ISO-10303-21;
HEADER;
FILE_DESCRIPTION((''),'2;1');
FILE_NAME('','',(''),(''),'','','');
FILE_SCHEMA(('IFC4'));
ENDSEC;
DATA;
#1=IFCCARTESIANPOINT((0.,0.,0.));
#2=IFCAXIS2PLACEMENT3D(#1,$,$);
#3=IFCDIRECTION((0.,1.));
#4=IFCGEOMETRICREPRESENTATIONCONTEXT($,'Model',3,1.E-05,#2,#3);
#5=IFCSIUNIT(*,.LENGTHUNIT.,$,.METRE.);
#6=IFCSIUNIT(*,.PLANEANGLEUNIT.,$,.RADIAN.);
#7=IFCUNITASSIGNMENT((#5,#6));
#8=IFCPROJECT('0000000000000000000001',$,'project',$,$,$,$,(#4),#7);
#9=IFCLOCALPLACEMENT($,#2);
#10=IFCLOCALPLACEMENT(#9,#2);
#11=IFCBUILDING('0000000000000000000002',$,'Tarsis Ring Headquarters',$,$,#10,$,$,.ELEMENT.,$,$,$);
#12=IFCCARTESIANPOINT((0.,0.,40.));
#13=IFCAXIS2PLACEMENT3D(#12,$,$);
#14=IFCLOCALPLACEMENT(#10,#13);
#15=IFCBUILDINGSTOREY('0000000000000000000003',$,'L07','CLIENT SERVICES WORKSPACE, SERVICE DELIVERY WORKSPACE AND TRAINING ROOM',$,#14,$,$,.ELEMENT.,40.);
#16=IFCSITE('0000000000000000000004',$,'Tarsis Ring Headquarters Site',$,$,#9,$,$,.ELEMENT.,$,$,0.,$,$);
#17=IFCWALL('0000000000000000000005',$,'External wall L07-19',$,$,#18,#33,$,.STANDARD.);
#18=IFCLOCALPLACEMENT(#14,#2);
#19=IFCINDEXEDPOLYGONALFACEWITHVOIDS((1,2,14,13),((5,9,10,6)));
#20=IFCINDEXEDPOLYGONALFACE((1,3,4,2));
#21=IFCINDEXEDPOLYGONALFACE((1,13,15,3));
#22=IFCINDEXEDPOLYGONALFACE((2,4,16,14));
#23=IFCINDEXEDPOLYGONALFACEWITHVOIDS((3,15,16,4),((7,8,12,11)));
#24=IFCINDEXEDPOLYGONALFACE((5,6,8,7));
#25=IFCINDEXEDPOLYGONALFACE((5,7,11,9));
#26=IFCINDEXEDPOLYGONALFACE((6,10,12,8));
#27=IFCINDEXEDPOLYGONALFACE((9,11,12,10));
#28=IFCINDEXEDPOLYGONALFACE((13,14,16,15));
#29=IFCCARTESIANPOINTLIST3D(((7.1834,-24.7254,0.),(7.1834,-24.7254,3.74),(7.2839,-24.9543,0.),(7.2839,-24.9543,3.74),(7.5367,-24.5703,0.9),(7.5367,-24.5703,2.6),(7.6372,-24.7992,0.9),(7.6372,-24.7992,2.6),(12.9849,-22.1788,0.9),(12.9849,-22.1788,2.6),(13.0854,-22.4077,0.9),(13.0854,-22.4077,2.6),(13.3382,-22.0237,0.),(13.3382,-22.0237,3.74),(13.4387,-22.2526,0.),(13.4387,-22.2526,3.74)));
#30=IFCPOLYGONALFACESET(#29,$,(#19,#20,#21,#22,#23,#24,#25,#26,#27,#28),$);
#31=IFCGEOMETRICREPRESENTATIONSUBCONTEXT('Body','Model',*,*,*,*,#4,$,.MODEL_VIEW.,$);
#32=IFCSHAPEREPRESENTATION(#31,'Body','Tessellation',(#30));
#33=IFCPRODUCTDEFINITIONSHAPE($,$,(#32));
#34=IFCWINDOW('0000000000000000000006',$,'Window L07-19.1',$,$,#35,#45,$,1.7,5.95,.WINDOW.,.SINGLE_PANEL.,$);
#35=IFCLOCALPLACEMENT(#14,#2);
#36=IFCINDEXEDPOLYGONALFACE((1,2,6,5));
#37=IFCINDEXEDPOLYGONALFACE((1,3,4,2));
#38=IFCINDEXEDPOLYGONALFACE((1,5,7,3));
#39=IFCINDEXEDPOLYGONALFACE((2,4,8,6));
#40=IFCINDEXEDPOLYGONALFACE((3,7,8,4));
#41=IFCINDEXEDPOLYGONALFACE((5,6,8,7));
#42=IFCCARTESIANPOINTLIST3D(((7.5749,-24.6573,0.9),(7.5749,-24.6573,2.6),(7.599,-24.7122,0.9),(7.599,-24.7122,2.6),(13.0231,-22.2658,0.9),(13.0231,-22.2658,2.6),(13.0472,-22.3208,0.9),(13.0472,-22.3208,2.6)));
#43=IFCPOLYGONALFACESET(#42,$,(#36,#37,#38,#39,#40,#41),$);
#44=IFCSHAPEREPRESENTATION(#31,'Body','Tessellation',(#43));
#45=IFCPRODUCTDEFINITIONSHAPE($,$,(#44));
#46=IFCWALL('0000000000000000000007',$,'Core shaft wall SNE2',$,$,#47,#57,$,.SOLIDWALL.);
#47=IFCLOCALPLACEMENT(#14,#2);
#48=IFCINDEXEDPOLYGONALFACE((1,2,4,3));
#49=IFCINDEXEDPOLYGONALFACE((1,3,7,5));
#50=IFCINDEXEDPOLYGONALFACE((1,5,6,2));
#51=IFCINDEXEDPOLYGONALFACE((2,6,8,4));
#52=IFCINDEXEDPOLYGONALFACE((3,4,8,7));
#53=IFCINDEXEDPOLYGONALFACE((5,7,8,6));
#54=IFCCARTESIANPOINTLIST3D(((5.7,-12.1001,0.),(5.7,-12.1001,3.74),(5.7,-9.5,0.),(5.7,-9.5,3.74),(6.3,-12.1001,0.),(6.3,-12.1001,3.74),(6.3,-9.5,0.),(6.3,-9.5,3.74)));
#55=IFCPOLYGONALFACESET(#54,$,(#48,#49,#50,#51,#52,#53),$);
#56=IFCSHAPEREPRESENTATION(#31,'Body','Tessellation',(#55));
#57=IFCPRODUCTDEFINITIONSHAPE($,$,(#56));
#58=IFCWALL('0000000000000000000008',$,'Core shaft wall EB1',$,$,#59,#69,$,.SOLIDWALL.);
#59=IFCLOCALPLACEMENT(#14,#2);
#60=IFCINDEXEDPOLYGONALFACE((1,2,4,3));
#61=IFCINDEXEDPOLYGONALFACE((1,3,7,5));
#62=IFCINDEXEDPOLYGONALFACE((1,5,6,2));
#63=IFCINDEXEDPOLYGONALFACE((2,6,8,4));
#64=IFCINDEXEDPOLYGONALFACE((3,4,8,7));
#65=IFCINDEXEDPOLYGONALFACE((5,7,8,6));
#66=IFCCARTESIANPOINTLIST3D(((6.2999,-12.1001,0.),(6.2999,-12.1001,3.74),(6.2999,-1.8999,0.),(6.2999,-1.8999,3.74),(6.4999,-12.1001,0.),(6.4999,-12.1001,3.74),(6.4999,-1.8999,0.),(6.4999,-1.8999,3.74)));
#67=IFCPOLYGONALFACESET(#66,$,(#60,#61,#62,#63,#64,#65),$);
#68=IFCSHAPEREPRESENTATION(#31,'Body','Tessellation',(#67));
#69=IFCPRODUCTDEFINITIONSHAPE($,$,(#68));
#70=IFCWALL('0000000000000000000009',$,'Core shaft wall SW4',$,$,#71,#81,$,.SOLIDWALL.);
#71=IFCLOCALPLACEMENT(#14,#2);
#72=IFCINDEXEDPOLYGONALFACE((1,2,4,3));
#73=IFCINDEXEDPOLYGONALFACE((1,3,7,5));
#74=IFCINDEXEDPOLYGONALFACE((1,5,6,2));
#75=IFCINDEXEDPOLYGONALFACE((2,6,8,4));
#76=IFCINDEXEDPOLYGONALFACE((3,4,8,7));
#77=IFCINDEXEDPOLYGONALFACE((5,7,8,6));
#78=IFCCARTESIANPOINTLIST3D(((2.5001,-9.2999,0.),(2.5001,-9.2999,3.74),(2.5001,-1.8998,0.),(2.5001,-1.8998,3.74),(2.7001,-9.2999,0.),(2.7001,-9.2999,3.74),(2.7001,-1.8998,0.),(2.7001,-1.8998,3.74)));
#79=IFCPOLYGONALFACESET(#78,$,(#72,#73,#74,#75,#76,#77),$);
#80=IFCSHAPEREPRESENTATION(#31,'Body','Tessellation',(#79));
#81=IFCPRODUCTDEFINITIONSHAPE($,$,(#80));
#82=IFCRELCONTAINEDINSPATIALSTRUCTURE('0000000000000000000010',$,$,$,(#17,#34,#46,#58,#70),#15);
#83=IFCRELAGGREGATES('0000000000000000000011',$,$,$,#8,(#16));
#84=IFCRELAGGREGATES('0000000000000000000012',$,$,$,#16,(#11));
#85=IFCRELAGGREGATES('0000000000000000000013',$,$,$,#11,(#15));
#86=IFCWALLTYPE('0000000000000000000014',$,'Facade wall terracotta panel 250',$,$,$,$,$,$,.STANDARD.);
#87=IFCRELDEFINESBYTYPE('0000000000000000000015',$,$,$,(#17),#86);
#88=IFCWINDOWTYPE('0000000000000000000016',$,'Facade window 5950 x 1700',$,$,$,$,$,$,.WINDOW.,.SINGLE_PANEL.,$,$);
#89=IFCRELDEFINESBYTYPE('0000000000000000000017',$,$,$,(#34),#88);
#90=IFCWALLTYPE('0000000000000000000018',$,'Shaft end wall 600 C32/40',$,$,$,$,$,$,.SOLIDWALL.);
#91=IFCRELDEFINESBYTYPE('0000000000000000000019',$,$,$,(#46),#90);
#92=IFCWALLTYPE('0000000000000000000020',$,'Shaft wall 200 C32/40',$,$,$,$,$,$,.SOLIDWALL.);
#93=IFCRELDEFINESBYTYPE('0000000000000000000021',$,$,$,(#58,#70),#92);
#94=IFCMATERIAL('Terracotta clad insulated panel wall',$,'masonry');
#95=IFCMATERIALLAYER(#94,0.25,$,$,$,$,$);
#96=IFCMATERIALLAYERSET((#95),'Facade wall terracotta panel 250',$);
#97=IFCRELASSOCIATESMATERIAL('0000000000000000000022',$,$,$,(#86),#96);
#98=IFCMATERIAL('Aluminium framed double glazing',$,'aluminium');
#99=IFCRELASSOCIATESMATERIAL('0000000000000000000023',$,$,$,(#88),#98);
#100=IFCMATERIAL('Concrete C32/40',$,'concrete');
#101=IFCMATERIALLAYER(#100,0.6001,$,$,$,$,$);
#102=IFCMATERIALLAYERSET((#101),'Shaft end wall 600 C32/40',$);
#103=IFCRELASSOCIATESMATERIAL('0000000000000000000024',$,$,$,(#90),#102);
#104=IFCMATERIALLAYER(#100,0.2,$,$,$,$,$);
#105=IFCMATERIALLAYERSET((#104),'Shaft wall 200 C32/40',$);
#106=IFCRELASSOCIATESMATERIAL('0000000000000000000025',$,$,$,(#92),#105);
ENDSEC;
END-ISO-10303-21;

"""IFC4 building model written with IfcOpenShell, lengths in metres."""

from ifc_helpers import new_model, si_unit, direction, frame, frame_2d, origin, place, context, subcontext, project, spatial, rectangle, extrude, material, layer, layer_set, type_object, element, fill, save


model = new_model("IFC4")

# Units and contexts
model_context = context("Model", 3, precision=1e-05, world=origin(), true_north=direction((0.0, 1.0)))
body_context = subcontext(model_context, "Body", "Model", "MODEL_VIEW")
ifc_project = project(units=[si_unit("LENGTHUNIT", "METRE"), si_unit("PLANEANGLEUNIT", "RADIAN")], contexts=[model_context])

# Site, building, storey
site_placement = place(None, origin())
site = spatial("IfcSite", under=ifc_project, at=site_placement, Name="Tarsis Ring Headquarters Site", CompositionType="ELEMENT", RefElevation=0.0)
building_placement = place(site_placement, origin())
building = spatial("IfcBuilding", under=site, at=building_placement, Name="Tarsis Ring Headquarters", CompositionType="ELEMENT")
storey_placement = place(building_placement, frame((0.0, 0.0, 40.0)))
storey = spatial("IfcBuildingStorey", under=building, at=storey_placement, Name="L07", Description="CLIENT SERVICES WORKSPACE, SERVICE DELIVERY WORKSPACE AND TRAINING ROOM", CompositionType="ELEMENT", Elevation=40.0)

# Wall, opening, window
ifc_material_1 = material(Name="Terracotta clad insulated panel wall", Category="masonry")
ifc_layer_1 = layer(ifc_material_1, 0.25)
ifc_layer_set_1 = layer_set([ifc_layer_1], Name="Facade wall terracotta panel 250")
wall_type_1 = type_object("IfcWallType", Name="Facade wall terracotta panel 250", PredefinedType="STANDARD", material=ifc_layer_set_1)
wall_1_placement = place(storey_placement, frame((7.2336, -24.8398, 0.0), z_axis=(0.0, 0.0, 1.0), x_axis=(0.915668, 0.401935, 0.0)))
wall_1 = element("IfcWall", 1, at=wall_1_placement, inside=storey, type_object=wall_type_1, Name="External wall L07-19", PredefinedType="STANDARD", context=body_context, shape_type="SweptSolid", body=[
    extrude(rectangle(XDim=6.7217, YDim=0.25, at=frame_2d((3.3608, 0.0))), origin(), (0.0, 0.0, 1.0), 3.74),
])
opening_1_placement = place(wall_1_placement, frame((0.3857, 0.0, 0.8999)))
opening_1 = element("IfcOpeningElement", 2, at=opening_1_placement, cuts=wall_1, PredefinedType="OPENING", context=body_context, shape_type="SweptSolid", body=[
    extrude(rectangle(XDim=5.95, YDim=1.7, at=frame_2d((2.9751, 0.8501))), frame((0.0, 0.135, 0.0), z_axis=(0.0, -1.0, 0.0), x_axis=(1.0, 0.0, 0.0)), (0.0, 0.0, 1.0), 0.27),
])
ifc_material_2 = material(Name="Aluminium framed double glazing", Category="aluminium")
window_type = type_object("IfcWindowType", Name="Facade window 5950 x 1700", PartitioningType="SINGLE_PANEL", PredefinedType="WINDOW", material=ifc_material_2)
window_placement = place(opening_1_placement, origin())
window = element("IfcWindow", 3, at=window_placement, inside=storey, type_object=window_type, Name="Window L07-19.1", OverallHeight=1.7, OverallWidth=5.95, PartitioningType="SINGLE_PANEL", PredefinedType="WINDOW", context=body_context, shape_type="SweptSolid", body=[
    extrude(rectangle(XDim=5.95, YDim=1.7, at=frame_2d((2.9751, 0.8501))), frame((0.0, 0.03, 0.0), z_axis=(0.0, -1.0, 0.0), x_axis=(1.0, 0.0, 0.0)), (0.0, 0.0, 1.0), 0.0601),
])
fill(opening_1, window)

# Walls
ifc_material_3 = material(Name="Concrete C32/40", Category="concrete")
ifc_layer_2 = layer(ifc_material_3, 0.6001)
ifc_layer_set_2 = layer_set([ifc_layer_2], Name="Shaft end wall 600 C32/40")
wall_type_2 = type_object("IfcWallType", Name="Shaft end wall 600 C32/40", PredefinedType="SOLIDWALL", material=ifc_layer_set_2)
wall_2_placement = place(storey_placement, frame((6.0, -12.1001, 0.0), z_axis=(0.0, 0.0, 1.0), x_axis=(0.0, 1.0, 0.0)))
element("IfcWall", 4, at=wall_2_placement, inside=storey, type_object=wall_type_2, Name="Core shaft wall SNE2", PredefinedType="SOLIDWALL", context=body_context, shape_type="SweptSolid", body=[
    extrude(rectangle(XDim=2.6001, YDim=0.6001, at=frame_2d((1.3, 0.0))), origin(), (0.0, 0.0, 1.0), 3.74),
])
ifc_layer_3 = layer(ifc_material_3, 0.2)
ifc_layer_set_3 = layer_set([ifc_layer_3], Name="Shaft wall 200 C32/40")
wall_type_3 = type_object("IfcWallType", Name="Shaft wall 200 C32/40", PredefinedType="SOLIDWALL", material=ifc_layer_set_3)
wall_3_placement = place(storey_placement, frame((6.3999, -12.1001, 0.0), z_axis=(0.0, 0.0, 1.0), x_axis=(0.0, 1.0, 0.0)))
element("IfcWall", 5, at=wall_3_placement, inside=storey, type_object=wall_type_3, Name="Core shaft wall EB1", PredefinedType="SOLIDWALL", context=body_context, shape_type="SweptSolid", body=[
    extrude(rectangle(XDim=10.2002, YDim=0.2, at=frame_2d((5.1001, 0.0))), origin(), (0.0, 0.0, 1.0), 3.74),
])
wall_4_placement = place(storey_placement, frame((2.6001, -9.3, 0.0), z_axis=(0.0, 0.0, 1.0), x_axis=(0.0, 1.0, 0.0)))
element("IfcWall", 6, at=wall_4_placement, inside=storey, type_object=wall_type_3, Name="Core shaft wall SW4", PredefinedType="SOLIDWALL", context=body_context, shape_type="SweptSolid", body=[
    extrude(rectangle(XDim=7.4001, YDim=0.2, at=frame_2d((3.7002, 0.0))), origin(), (0.0, 0.0, 1.0), 3.74),
])

save(model, "model.ifc")
